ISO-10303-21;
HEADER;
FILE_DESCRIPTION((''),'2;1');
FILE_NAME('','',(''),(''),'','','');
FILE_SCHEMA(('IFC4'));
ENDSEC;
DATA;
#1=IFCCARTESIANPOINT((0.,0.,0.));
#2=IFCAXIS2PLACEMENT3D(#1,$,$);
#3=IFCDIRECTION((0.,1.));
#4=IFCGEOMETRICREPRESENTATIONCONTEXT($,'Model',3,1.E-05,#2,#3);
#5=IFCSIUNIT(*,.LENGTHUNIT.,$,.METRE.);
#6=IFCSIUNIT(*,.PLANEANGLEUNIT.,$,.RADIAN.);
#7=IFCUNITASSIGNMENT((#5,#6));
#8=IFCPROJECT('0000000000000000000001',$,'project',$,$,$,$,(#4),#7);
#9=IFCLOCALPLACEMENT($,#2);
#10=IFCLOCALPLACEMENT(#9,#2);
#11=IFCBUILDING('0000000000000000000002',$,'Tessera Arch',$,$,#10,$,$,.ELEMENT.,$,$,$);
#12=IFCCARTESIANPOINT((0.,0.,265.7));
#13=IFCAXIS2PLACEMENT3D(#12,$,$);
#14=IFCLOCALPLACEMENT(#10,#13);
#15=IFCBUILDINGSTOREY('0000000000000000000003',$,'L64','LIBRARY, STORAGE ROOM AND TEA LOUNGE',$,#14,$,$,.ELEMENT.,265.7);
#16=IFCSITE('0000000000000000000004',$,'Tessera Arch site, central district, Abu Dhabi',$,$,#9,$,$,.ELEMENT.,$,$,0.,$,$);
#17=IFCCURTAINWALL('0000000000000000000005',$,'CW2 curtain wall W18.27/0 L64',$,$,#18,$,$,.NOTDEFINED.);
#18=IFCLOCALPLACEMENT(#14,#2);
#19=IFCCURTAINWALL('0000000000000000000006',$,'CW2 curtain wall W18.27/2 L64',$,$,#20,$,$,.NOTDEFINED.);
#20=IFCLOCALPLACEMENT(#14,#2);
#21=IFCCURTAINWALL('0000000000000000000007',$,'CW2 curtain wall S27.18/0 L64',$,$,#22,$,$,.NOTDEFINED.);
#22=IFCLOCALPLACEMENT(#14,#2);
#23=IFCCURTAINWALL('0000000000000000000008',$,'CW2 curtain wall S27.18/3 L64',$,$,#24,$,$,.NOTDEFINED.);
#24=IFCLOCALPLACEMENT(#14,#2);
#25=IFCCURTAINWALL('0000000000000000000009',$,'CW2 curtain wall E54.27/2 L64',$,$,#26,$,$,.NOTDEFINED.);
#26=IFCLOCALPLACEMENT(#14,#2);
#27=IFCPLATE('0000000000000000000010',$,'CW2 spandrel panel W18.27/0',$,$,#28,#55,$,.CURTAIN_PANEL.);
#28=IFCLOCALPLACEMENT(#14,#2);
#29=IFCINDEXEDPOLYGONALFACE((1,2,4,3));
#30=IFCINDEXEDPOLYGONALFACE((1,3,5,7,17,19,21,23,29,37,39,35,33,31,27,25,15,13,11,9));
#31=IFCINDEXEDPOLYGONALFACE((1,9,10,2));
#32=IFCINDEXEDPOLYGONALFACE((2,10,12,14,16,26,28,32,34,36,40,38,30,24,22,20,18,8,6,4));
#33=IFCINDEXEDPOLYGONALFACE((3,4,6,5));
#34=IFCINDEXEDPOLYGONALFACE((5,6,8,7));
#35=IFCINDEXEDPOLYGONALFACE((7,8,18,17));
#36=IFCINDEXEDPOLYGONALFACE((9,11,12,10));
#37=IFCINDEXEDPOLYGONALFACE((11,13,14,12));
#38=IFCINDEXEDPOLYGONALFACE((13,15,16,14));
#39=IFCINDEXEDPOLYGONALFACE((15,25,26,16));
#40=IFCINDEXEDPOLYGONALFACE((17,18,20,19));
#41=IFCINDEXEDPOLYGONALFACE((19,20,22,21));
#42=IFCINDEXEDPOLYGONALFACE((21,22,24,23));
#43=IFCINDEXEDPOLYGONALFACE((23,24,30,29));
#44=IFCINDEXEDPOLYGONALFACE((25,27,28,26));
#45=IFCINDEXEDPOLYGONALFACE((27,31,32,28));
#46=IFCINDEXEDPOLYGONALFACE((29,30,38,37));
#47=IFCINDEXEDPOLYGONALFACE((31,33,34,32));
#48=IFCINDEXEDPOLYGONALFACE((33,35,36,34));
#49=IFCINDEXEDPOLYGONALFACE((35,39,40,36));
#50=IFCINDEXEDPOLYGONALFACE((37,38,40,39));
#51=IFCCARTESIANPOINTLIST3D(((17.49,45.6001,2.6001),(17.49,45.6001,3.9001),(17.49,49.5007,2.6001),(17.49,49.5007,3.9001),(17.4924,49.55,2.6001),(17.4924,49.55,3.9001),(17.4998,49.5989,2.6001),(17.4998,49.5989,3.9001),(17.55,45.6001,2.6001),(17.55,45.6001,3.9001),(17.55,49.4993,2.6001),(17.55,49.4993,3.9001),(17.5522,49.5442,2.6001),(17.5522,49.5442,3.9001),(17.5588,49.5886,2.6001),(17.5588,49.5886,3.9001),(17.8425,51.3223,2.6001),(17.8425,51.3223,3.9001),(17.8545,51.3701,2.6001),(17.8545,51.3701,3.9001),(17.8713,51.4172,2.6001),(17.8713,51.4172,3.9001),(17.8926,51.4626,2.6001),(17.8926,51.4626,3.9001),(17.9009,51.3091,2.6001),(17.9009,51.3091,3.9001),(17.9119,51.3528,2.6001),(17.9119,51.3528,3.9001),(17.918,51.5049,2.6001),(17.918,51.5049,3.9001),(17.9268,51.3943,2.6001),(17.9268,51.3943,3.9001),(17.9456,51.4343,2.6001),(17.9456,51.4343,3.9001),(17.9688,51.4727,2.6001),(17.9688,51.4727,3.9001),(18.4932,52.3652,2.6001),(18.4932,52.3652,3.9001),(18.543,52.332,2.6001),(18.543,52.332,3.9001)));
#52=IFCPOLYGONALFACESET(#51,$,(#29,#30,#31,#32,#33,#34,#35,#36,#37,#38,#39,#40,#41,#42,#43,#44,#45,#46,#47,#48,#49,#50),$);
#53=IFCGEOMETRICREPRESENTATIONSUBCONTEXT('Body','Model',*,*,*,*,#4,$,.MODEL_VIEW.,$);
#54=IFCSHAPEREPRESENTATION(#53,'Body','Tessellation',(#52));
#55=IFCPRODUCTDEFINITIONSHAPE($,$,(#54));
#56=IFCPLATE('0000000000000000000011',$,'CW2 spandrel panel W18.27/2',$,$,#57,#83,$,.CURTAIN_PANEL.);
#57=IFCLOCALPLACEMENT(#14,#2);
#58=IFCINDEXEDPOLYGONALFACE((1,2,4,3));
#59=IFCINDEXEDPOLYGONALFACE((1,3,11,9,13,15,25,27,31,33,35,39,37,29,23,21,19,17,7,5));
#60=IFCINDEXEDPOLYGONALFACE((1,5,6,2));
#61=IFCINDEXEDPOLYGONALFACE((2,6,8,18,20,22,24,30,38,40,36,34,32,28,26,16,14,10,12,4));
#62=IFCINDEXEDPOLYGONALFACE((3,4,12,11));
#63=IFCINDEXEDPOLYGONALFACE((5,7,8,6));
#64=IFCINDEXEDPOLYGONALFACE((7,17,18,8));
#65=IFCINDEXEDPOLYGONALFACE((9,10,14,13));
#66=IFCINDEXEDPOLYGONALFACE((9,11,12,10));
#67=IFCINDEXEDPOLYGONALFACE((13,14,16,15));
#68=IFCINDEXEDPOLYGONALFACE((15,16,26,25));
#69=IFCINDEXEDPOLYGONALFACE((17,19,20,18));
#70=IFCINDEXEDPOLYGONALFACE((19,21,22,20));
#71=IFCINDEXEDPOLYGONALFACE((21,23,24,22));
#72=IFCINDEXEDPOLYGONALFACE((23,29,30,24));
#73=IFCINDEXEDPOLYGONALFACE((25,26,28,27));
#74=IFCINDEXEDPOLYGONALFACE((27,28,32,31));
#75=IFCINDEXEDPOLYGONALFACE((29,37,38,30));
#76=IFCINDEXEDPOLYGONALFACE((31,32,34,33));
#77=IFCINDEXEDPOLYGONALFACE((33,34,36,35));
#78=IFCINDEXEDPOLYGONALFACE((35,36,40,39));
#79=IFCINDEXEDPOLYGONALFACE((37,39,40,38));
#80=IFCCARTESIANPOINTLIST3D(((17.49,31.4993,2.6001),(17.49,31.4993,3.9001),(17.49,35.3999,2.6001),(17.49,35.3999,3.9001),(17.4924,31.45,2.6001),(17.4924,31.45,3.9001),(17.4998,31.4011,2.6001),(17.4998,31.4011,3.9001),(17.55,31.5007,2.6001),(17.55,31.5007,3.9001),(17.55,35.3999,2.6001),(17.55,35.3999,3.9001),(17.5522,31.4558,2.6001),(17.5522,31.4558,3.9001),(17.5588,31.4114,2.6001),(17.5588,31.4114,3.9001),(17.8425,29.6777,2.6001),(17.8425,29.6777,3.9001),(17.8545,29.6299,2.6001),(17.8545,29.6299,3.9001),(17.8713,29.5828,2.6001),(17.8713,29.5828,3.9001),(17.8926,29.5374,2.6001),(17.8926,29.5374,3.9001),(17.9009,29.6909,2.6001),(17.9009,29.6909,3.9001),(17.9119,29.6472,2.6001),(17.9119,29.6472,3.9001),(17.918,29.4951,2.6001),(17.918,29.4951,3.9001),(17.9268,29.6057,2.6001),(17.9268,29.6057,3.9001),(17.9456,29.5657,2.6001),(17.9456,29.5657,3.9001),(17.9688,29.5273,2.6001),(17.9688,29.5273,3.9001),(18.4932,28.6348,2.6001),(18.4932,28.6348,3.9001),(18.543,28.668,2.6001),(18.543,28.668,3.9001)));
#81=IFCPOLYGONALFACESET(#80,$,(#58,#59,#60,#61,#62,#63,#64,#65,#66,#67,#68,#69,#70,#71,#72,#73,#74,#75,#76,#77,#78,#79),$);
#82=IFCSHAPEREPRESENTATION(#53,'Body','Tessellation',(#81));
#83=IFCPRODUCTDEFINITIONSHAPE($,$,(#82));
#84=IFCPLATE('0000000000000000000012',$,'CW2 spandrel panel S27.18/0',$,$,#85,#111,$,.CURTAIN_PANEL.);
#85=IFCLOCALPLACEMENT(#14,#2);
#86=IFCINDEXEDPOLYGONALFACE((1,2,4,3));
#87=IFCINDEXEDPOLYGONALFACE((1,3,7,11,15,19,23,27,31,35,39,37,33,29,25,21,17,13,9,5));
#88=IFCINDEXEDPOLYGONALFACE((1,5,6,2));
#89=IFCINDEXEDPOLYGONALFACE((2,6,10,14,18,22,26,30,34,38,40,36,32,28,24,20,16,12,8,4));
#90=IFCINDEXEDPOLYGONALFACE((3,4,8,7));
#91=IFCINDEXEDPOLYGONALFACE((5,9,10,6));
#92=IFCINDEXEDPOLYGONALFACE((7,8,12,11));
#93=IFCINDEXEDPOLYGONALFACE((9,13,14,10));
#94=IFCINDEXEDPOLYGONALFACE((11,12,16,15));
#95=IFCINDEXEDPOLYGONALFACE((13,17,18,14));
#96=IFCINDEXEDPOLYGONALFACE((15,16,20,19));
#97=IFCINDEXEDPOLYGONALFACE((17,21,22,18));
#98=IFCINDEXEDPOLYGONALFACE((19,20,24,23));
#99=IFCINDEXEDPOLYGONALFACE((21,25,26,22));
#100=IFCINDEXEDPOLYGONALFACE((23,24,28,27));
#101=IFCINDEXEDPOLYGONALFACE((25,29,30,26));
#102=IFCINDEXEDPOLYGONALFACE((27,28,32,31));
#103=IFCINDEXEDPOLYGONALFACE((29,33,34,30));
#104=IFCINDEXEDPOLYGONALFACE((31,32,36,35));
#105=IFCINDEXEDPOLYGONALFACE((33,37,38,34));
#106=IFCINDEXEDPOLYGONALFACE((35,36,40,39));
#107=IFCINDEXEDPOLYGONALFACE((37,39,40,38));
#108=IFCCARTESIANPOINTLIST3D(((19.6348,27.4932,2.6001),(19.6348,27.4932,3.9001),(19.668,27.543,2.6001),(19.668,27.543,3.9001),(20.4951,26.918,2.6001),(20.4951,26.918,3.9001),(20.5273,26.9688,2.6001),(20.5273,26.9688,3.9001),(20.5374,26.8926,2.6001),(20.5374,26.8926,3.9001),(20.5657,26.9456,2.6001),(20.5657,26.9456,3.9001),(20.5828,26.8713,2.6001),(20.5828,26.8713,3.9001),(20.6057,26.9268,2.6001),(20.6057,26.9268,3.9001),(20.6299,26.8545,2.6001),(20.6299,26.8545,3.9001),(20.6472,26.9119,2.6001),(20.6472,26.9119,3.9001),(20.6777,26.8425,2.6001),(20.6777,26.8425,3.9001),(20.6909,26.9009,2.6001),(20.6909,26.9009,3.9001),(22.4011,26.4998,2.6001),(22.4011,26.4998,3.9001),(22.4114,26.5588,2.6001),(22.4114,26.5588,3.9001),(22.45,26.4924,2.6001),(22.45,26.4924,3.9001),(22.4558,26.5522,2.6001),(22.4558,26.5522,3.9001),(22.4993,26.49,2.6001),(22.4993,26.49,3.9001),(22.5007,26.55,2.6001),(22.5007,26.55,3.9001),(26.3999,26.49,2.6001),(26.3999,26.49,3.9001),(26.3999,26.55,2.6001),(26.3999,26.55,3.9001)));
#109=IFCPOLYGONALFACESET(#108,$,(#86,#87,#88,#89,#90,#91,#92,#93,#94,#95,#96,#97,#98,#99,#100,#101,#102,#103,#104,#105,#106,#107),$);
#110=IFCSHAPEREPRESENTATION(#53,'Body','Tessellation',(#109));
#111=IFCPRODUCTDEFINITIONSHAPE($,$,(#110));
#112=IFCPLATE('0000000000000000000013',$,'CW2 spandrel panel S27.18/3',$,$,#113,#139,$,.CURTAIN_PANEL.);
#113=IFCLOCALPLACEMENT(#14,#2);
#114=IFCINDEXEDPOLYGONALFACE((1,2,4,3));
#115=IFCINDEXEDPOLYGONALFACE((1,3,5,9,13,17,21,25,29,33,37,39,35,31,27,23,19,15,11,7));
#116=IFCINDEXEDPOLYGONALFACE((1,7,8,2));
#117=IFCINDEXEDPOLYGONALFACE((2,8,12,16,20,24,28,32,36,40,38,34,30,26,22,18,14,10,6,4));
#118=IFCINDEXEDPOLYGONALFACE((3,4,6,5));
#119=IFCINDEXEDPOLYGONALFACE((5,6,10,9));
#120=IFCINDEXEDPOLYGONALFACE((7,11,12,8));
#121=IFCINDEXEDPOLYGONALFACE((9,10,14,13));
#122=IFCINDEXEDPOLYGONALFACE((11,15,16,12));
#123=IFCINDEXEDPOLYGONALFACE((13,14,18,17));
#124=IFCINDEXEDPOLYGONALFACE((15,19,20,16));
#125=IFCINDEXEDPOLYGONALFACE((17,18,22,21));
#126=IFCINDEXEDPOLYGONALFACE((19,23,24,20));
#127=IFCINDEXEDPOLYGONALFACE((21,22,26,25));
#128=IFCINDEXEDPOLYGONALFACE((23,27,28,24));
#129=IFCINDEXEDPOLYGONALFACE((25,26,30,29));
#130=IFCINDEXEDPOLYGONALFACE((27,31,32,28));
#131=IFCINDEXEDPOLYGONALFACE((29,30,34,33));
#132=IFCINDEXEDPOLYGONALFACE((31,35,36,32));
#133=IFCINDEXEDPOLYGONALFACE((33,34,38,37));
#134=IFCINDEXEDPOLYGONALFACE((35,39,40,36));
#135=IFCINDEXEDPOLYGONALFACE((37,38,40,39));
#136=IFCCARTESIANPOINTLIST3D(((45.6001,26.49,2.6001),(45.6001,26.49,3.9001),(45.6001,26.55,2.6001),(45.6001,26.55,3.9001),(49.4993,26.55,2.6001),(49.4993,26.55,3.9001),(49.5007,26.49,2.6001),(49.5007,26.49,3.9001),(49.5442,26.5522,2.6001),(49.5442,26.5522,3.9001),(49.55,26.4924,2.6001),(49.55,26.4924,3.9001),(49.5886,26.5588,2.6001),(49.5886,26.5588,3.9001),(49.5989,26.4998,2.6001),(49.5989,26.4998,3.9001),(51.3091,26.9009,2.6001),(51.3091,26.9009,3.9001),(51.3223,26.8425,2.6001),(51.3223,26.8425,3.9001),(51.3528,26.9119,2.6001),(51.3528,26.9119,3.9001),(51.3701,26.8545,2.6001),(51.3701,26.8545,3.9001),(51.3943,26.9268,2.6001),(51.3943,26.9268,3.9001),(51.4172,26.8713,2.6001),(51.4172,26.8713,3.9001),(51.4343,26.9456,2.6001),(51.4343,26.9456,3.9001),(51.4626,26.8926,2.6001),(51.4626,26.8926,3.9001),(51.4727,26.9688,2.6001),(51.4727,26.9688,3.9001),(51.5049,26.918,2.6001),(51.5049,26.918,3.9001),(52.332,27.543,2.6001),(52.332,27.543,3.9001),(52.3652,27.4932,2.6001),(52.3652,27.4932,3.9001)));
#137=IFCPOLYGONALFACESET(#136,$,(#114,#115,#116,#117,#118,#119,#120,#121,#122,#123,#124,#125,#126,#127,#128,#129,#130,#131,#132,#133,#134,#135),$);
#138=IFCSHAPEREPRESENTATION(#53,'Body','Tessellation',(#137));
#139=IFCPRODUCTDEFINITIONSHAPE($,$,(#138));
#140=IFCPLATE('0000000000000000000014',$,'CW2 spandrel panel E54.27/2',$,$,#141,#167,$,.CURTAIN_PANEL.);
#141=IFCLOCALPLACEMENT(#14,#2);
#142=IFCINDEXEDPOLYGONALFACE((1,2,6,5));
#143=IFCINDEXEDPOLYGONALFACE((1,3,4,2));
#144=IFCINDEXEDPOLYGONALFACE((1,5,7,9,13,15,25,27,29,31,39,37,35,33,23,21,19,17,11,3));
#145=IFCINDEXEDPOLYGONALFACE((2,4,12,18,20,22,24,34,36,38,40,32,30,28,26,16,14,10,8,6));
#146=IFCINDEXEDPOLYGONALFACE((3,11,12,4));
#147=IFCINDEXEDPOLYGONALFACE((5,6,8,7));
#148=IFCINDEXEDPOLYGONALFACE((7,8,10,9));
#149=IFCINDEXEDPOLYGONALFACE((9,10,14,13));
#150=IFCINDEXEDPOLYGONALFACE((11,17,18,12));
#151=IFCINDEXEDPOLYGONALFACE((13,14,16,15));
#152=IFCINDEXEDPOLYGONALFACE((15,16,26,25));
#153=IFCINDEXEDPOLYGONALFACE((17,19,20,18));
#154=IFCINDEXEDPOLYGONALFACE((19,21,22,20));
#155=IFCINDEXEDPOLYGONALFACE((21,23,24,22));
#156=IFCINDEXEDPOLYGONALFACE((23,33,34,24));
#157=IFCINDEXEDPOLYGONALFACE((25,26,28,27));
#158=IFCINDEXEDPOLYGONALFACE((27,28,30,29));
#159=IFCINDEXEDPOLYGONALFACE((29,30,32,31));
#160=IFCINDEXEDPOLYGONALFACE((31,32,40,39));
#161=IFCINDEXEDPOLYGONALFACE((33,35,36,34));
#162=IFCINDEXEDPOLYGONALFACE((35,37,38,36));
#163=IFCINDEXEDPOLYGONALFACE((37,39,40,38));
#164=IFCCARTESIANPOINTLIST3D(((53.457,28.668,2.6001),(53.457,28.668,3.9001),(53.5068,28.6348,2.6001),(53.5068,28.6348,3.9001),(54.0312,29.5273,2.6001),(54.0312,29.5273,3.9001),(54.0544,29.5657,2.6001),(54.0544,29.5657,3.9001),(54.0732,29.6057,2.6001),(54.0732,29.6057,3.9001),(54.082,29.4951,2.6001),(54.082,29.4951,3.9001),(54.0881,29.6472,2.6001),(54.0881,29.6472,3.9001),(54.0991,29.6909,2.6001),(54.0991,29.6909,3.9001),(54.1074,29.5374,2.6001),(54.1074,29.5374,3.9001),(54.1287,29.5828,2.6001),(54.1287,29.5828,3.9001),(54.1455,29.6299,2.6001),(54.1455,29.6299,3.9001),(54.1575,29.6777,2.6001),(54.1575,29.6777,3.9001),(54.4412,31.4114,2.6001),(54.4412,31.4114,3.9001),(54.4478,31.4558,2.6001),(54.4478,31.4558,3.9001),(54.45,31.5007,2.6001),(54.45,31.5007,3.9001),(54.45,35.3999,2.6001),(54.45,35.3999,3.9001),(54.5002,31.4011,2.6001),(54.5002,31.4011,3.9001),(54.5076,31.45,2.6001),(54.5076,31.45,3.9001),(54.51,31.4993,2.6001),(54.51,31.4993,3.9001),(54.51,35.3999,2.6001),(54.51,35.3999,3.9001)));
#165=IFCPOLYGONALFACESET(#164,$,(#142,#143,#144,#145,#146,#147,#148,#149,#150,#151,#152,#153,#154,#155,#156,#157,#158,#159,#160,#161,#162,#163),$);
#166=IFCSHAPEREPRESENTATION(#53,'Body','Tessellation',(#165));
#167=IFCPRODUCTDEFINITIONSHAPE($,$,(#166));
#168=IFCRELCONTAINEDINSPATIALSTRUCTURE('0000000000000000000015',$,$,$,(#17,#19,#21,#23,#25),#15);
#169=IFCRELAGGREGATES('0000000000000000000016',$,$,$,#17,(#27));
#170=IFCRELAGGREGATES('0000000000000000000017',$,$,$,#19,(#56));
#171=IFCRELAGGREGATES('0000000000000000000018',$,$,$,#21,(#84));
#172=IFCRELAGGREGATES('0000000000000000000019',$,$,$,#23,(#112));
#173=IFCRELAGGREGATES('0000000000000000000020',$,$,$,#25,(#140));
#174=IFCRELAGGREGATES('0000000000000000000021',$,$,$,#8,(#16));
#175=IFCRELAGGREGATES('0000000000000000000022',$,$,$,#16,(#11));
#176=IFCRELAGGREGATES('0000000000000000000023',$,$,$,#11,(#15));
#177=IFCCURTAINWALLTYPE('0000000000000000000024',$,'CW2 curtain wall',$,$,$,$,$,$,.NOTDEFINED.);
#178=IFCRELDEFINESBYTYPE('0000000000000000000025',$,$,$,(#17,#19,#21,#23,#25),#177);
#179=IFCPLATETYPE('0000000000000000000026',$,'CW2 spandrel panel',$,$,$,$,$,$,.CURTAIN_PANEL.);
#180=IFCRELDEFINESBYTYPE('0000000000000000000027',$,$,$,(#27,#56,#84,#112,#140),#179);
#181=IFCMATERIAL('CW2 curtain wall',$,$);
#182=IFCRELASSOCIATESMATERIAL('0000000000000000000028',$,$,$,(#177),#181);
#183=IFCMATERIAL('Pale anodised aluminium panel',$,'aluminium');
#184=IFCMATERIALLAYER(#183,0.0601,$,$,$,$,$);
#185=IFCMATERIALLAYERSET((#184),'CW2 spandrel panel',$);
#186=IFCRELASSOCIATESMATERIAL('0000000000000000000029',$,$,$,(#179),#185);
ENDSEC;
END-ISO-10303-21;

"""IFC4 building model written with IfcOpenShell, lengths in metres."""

from ifc_helpers import new_model, si_unit, direction, frame, origin, place, context, subcontext, project, spatial, polyline, outline, extrude, material, layer, layer_set, type_object, element, aggregate, save


model = new_model("IFC4")

# Units and contexts
model_context = context("Model", 3, precision=1e-05, world=origin(), true_north=direction((0.0, 1.0)))
body_context = subcontext(model_context, "Body", "Model", "MODEL_VIEW")
ifc_project = project(units=[si_unit("LENGTHUNIT", "METRE"), si_unit("PLANEANGLEUNIT", "RADIAN")], contexts=[model_context])

# Site, building, storey
site_placement = place(None, origin())
site = spatial("IfcSite", under=ifc_project, at=site_placement, Name="Tessera Arch site, central district, Abu Dhabi", CompositionType="ELEMENT", RefElevation=0.0)
building_placement = place(site_placement, origin())
building = spatial("IfcBuilding", under=site, at=building_placement, Name="Tessera Arch", CompositionType="ELEMENT")
storey_placement = place(building_placement, frame((0.0, 0.0, 265.7)))
storey = spatial("IfcBuildingStorey", under=building, at=storey_placement, Name="L64", Description="LIBRARY, STORAGE ROOM AND TEA LOUNGE", CompositionType="ELEMENT", Elevation=265.7)

# Curtain walls
ifc_material_1 = material(Name="CW2 curtain wall")
curtain_wall_type = type_object("IfcCurtainWallType", Name="CW2 curtain wall", PredefinedType="NOTDEFINED", material=ifc_material_1)
curtain_wall_1_placement = place(storey_placement, origin())
curtain_wall_1 = element("IfcCurtainWall", 1, at=curtain_wall_1_placement, inside=storey, type_object=curtain_wall_type, Name="CW2 curtain wall W18.27/0 L64", PredefinedType="NOTDEFINED")
curtain_wall_2_placement = place(storey_placement, origin())
curtain_wall_2 = element("IfcCurtainWall", 2, at=curtain_wall_2_placement, inside=storey, type_object=curtain_wall_type, Name="CW2 curtain wall W18.27/2 L64", PredefinedType="NOTDEFINED")
curtain_wall_3_placement = place(storey_placement, origin())
curtain_wall_3 = element("IfcCurtainWall", 3, at=curtain_wall_3_placement, inside=storey, type_object=curtain_wall_type, Name="CW2 curtain wall S27.18/0 L64", PredefinedType="NOTDEFINED")
curtain_wall_4_placement = place(storey_placement, origin())
curtain_wall_4 = element("IfcCurtainWall", 4, at=curtain_wall_4_placement, inside=storey, type_object=curtain_wall_type, Name="CW2 curtain wall S27.18/3 L64", PredefinedType="NOTDEFINED")
curtain_wall_5_placement = place(storey_placement, origin())
curtain_wall_5 = element("IfcCurtainWall", 5, at=curtain_wall_5_placement, inside=storey, type_object=curtain_wall_type, Name="CW2 curtain wall E54.27/2 L64", PredefinedType="NOTDEFINED")

# Plates
ifc_material_2 = material(Name="Pale anodised aluminium panel", Category="aluminium")
ifc_layer_1 = layer(ifc_material_2, 0.0601)
ifc_layer_set_1 = layer_set([ifc_layer_1], Name="CW2 spandrel panel")
plate_type_1 = type_object("IfcPlateType", Name="CW2 spandrel panel", PredefinedType="CURTAIN_PANEL", material=ifc_layer_set_1)
plate_1_placement = place(storey_placement, frame((0.0, 0.0, 2.6001)))
plate_1 = element("IfcPlate", 6, at=plate_1_placement, type_object=plate_type_1, Name="CW2 spandrel panel W18.27/0", PredefinedType="CURTAIN_PANEL", context=body_context, shape_type="SweptSolid", body=[
    extrude(outline(polyline([(17.9688, 51.4727), (18.543, 52.332), (18.4932, 52.3652), (17.918, 51.5049), (17.8926, 51.4626), (17.8713, 51.4172), (17.8545, 51.3701), (17.8425, 51.3223), (17.4998, 49.5989), (17.4924, 49.55), (17.49, 49.5007), (17.49, 45.6001), (17.55, 45.6001), (17.55, 49.4993), (17.5522, 49.5442), (17.5588, 49.5886), (17.9009, 51.3091), (17.9119, 51.3528), (17.9268, 51.3943), (17.9456, 51.4343), (17.9688, 51.4727)])), origin(), (0.0, 0.0, 1.0), 1.3),
])
aggregate(curtain_wall_1, [plate_1])
plate_2_placement = place(storey_placement, frame((0.0, 0.0, 2.6001)))
plate_2 = element("IfcPlate", 7, at=plate_2_placement, type_object=plate_type_1, Name="CW2 spandrel panel W18.27/2", PredefinedType="CURTAIN_PANEL", context=body_context, shape_type="SweptSolid", body=[
    extrude(outline(polyline([(17.55, 31.5007), (17.55, 35.3999), (17.49, 35.3999), (17.49, 31.4993), (17.4924, 31.45), (17.4998, 31.4011), (17.8425, 29.6777), (17.8545, 29.6299), (17.8713, 29.5828), (17.8926, 29.5374), (17.918, 29.4951), (18.4932, 28.6348), (18.543, 28.668), (17.9688, 29.5273), (17.9456, 29.5657), (17.9268, 29.6057), (17.9119, 29.6472), (17.9009, 29.6909), (17.5588, 31.4114), (17.5522, 31.4558), (17.55, 31.5007)])), origin(), (0.0, 0.0, 1.0), 1.3),
])
aggregate(curtain_wall_2, [plate_2])
plate_3_placement = place(storey_placement, frame((0.0, 0.0, 2.6001)))
plate_3 = element("IfcPlate", 8, at=plate_3_placement, type_object=plate_type_1, Name="CW2 spandrel panel S27.18/0", PredefinedType="CURTAIN_PANEL", context=body_context, shape_type="SweptSolid", body=[
    extrude(outline(polyline([(20.5273, 26.9688), (19.668, 27.543), (19.6348, 27.4932), (20.4951, 26.918), (20.5374, 26.8926), (20.5828, 26.8713), (20.6299, 26.8545), (20.6777, 26.8425), (22.4011, 26.4998), (22.45, 26.4924), (22.4993, 26.49), (26.3999, 26.49), (26.3999, 26.55), (22.5007, 26.55), (22.4558, 26.5522), (22.4114, 26.5588), (20.6909, 26.9009), (20.6472, 26.9119), (20.6057, 26.9268), (20.5657, 26.9456), (20.5273, 26.9688)])), origin(), (0.0, 0.0, 1.0), 1.3),
])
aggregate(curtain_wall_3, [plate_3])
plate_4_placement = place(storey_placement, frame((0.0, 0.0, 2.6001)))
plate_4 = element("IfcPlate", 9, at=plate_4_placement, type_object=plate_type_1, Name="CW2 spandrel panel S27.18/3", PredefinedType="CURTAIN_PANEL", context=body_context, shape_type="SweptSolid", body=[
    extrude(outline(polyline([(49.4993, 26.55), (45.6001, 26.55), (45.6001, 26.49), (49.5007, 26.49), (49.55, 26.4924), (49.5989, 26.4998), (51.3223, 26.8425), (51.3701, 26.8545), (51.4172, 26.8713), (51.4626, 26.8926), (51.5049, 26.918), (52.3652, 27.4932), (52.332, 27.543), (51.4727, 26.9688), (51.4343, 26.9456), (51.3943, 26.9268), (51.3528, 26.9119), (51.3091, 26.9009), (49.5886, 26.5588), (49.5442, 26.5522), (49.4993, 26.55)])), origin(), (0.0, 0.0, 1.0), 1.3),
])
aggregate(curtain_wall_4, [plate_4])
plate_5_placement = place(storey_placement, frame((0.0, 0.0, 2.6001)))
plate_5 = element("IfcPlate", 10, at=plate_5_placement, type_object=plate_type_1, Name="CW2 spandrel panel E54.27/2", PredefinedType="CURTAIN_PANEL", context=body_context, shape_type="SweptSolid", body=[
    extrude(outline(polyline([(54.0312, 29.5273), (53.457, 28.668), (53.5068, 28.6348), (54.082, 29.4951), (54.1074, 29.5374), (54.1287, 29.5828), (54.1455, 29.6299), (54.1575, 29.6777), (54.5002, 31.4011), (54.5076, 31.45), (54.51, 31.4993), (54.51, 35.3999), (54.45, 35.3999), (54.45, 31.5007), (54.4478, 31.4558), (54.4412, 31.4114), (54.0991, 29.6909), (54.0881, 29.6472), (54.0732, 29.6057), (54.0544, 29.5657), (54.0312, 29.5273)])), origin(), (0.0, 0.0, 1.0), 1.3),
])
aggregate(curtain_wall_5, [plate_5])

save(model, "model.ifc")
